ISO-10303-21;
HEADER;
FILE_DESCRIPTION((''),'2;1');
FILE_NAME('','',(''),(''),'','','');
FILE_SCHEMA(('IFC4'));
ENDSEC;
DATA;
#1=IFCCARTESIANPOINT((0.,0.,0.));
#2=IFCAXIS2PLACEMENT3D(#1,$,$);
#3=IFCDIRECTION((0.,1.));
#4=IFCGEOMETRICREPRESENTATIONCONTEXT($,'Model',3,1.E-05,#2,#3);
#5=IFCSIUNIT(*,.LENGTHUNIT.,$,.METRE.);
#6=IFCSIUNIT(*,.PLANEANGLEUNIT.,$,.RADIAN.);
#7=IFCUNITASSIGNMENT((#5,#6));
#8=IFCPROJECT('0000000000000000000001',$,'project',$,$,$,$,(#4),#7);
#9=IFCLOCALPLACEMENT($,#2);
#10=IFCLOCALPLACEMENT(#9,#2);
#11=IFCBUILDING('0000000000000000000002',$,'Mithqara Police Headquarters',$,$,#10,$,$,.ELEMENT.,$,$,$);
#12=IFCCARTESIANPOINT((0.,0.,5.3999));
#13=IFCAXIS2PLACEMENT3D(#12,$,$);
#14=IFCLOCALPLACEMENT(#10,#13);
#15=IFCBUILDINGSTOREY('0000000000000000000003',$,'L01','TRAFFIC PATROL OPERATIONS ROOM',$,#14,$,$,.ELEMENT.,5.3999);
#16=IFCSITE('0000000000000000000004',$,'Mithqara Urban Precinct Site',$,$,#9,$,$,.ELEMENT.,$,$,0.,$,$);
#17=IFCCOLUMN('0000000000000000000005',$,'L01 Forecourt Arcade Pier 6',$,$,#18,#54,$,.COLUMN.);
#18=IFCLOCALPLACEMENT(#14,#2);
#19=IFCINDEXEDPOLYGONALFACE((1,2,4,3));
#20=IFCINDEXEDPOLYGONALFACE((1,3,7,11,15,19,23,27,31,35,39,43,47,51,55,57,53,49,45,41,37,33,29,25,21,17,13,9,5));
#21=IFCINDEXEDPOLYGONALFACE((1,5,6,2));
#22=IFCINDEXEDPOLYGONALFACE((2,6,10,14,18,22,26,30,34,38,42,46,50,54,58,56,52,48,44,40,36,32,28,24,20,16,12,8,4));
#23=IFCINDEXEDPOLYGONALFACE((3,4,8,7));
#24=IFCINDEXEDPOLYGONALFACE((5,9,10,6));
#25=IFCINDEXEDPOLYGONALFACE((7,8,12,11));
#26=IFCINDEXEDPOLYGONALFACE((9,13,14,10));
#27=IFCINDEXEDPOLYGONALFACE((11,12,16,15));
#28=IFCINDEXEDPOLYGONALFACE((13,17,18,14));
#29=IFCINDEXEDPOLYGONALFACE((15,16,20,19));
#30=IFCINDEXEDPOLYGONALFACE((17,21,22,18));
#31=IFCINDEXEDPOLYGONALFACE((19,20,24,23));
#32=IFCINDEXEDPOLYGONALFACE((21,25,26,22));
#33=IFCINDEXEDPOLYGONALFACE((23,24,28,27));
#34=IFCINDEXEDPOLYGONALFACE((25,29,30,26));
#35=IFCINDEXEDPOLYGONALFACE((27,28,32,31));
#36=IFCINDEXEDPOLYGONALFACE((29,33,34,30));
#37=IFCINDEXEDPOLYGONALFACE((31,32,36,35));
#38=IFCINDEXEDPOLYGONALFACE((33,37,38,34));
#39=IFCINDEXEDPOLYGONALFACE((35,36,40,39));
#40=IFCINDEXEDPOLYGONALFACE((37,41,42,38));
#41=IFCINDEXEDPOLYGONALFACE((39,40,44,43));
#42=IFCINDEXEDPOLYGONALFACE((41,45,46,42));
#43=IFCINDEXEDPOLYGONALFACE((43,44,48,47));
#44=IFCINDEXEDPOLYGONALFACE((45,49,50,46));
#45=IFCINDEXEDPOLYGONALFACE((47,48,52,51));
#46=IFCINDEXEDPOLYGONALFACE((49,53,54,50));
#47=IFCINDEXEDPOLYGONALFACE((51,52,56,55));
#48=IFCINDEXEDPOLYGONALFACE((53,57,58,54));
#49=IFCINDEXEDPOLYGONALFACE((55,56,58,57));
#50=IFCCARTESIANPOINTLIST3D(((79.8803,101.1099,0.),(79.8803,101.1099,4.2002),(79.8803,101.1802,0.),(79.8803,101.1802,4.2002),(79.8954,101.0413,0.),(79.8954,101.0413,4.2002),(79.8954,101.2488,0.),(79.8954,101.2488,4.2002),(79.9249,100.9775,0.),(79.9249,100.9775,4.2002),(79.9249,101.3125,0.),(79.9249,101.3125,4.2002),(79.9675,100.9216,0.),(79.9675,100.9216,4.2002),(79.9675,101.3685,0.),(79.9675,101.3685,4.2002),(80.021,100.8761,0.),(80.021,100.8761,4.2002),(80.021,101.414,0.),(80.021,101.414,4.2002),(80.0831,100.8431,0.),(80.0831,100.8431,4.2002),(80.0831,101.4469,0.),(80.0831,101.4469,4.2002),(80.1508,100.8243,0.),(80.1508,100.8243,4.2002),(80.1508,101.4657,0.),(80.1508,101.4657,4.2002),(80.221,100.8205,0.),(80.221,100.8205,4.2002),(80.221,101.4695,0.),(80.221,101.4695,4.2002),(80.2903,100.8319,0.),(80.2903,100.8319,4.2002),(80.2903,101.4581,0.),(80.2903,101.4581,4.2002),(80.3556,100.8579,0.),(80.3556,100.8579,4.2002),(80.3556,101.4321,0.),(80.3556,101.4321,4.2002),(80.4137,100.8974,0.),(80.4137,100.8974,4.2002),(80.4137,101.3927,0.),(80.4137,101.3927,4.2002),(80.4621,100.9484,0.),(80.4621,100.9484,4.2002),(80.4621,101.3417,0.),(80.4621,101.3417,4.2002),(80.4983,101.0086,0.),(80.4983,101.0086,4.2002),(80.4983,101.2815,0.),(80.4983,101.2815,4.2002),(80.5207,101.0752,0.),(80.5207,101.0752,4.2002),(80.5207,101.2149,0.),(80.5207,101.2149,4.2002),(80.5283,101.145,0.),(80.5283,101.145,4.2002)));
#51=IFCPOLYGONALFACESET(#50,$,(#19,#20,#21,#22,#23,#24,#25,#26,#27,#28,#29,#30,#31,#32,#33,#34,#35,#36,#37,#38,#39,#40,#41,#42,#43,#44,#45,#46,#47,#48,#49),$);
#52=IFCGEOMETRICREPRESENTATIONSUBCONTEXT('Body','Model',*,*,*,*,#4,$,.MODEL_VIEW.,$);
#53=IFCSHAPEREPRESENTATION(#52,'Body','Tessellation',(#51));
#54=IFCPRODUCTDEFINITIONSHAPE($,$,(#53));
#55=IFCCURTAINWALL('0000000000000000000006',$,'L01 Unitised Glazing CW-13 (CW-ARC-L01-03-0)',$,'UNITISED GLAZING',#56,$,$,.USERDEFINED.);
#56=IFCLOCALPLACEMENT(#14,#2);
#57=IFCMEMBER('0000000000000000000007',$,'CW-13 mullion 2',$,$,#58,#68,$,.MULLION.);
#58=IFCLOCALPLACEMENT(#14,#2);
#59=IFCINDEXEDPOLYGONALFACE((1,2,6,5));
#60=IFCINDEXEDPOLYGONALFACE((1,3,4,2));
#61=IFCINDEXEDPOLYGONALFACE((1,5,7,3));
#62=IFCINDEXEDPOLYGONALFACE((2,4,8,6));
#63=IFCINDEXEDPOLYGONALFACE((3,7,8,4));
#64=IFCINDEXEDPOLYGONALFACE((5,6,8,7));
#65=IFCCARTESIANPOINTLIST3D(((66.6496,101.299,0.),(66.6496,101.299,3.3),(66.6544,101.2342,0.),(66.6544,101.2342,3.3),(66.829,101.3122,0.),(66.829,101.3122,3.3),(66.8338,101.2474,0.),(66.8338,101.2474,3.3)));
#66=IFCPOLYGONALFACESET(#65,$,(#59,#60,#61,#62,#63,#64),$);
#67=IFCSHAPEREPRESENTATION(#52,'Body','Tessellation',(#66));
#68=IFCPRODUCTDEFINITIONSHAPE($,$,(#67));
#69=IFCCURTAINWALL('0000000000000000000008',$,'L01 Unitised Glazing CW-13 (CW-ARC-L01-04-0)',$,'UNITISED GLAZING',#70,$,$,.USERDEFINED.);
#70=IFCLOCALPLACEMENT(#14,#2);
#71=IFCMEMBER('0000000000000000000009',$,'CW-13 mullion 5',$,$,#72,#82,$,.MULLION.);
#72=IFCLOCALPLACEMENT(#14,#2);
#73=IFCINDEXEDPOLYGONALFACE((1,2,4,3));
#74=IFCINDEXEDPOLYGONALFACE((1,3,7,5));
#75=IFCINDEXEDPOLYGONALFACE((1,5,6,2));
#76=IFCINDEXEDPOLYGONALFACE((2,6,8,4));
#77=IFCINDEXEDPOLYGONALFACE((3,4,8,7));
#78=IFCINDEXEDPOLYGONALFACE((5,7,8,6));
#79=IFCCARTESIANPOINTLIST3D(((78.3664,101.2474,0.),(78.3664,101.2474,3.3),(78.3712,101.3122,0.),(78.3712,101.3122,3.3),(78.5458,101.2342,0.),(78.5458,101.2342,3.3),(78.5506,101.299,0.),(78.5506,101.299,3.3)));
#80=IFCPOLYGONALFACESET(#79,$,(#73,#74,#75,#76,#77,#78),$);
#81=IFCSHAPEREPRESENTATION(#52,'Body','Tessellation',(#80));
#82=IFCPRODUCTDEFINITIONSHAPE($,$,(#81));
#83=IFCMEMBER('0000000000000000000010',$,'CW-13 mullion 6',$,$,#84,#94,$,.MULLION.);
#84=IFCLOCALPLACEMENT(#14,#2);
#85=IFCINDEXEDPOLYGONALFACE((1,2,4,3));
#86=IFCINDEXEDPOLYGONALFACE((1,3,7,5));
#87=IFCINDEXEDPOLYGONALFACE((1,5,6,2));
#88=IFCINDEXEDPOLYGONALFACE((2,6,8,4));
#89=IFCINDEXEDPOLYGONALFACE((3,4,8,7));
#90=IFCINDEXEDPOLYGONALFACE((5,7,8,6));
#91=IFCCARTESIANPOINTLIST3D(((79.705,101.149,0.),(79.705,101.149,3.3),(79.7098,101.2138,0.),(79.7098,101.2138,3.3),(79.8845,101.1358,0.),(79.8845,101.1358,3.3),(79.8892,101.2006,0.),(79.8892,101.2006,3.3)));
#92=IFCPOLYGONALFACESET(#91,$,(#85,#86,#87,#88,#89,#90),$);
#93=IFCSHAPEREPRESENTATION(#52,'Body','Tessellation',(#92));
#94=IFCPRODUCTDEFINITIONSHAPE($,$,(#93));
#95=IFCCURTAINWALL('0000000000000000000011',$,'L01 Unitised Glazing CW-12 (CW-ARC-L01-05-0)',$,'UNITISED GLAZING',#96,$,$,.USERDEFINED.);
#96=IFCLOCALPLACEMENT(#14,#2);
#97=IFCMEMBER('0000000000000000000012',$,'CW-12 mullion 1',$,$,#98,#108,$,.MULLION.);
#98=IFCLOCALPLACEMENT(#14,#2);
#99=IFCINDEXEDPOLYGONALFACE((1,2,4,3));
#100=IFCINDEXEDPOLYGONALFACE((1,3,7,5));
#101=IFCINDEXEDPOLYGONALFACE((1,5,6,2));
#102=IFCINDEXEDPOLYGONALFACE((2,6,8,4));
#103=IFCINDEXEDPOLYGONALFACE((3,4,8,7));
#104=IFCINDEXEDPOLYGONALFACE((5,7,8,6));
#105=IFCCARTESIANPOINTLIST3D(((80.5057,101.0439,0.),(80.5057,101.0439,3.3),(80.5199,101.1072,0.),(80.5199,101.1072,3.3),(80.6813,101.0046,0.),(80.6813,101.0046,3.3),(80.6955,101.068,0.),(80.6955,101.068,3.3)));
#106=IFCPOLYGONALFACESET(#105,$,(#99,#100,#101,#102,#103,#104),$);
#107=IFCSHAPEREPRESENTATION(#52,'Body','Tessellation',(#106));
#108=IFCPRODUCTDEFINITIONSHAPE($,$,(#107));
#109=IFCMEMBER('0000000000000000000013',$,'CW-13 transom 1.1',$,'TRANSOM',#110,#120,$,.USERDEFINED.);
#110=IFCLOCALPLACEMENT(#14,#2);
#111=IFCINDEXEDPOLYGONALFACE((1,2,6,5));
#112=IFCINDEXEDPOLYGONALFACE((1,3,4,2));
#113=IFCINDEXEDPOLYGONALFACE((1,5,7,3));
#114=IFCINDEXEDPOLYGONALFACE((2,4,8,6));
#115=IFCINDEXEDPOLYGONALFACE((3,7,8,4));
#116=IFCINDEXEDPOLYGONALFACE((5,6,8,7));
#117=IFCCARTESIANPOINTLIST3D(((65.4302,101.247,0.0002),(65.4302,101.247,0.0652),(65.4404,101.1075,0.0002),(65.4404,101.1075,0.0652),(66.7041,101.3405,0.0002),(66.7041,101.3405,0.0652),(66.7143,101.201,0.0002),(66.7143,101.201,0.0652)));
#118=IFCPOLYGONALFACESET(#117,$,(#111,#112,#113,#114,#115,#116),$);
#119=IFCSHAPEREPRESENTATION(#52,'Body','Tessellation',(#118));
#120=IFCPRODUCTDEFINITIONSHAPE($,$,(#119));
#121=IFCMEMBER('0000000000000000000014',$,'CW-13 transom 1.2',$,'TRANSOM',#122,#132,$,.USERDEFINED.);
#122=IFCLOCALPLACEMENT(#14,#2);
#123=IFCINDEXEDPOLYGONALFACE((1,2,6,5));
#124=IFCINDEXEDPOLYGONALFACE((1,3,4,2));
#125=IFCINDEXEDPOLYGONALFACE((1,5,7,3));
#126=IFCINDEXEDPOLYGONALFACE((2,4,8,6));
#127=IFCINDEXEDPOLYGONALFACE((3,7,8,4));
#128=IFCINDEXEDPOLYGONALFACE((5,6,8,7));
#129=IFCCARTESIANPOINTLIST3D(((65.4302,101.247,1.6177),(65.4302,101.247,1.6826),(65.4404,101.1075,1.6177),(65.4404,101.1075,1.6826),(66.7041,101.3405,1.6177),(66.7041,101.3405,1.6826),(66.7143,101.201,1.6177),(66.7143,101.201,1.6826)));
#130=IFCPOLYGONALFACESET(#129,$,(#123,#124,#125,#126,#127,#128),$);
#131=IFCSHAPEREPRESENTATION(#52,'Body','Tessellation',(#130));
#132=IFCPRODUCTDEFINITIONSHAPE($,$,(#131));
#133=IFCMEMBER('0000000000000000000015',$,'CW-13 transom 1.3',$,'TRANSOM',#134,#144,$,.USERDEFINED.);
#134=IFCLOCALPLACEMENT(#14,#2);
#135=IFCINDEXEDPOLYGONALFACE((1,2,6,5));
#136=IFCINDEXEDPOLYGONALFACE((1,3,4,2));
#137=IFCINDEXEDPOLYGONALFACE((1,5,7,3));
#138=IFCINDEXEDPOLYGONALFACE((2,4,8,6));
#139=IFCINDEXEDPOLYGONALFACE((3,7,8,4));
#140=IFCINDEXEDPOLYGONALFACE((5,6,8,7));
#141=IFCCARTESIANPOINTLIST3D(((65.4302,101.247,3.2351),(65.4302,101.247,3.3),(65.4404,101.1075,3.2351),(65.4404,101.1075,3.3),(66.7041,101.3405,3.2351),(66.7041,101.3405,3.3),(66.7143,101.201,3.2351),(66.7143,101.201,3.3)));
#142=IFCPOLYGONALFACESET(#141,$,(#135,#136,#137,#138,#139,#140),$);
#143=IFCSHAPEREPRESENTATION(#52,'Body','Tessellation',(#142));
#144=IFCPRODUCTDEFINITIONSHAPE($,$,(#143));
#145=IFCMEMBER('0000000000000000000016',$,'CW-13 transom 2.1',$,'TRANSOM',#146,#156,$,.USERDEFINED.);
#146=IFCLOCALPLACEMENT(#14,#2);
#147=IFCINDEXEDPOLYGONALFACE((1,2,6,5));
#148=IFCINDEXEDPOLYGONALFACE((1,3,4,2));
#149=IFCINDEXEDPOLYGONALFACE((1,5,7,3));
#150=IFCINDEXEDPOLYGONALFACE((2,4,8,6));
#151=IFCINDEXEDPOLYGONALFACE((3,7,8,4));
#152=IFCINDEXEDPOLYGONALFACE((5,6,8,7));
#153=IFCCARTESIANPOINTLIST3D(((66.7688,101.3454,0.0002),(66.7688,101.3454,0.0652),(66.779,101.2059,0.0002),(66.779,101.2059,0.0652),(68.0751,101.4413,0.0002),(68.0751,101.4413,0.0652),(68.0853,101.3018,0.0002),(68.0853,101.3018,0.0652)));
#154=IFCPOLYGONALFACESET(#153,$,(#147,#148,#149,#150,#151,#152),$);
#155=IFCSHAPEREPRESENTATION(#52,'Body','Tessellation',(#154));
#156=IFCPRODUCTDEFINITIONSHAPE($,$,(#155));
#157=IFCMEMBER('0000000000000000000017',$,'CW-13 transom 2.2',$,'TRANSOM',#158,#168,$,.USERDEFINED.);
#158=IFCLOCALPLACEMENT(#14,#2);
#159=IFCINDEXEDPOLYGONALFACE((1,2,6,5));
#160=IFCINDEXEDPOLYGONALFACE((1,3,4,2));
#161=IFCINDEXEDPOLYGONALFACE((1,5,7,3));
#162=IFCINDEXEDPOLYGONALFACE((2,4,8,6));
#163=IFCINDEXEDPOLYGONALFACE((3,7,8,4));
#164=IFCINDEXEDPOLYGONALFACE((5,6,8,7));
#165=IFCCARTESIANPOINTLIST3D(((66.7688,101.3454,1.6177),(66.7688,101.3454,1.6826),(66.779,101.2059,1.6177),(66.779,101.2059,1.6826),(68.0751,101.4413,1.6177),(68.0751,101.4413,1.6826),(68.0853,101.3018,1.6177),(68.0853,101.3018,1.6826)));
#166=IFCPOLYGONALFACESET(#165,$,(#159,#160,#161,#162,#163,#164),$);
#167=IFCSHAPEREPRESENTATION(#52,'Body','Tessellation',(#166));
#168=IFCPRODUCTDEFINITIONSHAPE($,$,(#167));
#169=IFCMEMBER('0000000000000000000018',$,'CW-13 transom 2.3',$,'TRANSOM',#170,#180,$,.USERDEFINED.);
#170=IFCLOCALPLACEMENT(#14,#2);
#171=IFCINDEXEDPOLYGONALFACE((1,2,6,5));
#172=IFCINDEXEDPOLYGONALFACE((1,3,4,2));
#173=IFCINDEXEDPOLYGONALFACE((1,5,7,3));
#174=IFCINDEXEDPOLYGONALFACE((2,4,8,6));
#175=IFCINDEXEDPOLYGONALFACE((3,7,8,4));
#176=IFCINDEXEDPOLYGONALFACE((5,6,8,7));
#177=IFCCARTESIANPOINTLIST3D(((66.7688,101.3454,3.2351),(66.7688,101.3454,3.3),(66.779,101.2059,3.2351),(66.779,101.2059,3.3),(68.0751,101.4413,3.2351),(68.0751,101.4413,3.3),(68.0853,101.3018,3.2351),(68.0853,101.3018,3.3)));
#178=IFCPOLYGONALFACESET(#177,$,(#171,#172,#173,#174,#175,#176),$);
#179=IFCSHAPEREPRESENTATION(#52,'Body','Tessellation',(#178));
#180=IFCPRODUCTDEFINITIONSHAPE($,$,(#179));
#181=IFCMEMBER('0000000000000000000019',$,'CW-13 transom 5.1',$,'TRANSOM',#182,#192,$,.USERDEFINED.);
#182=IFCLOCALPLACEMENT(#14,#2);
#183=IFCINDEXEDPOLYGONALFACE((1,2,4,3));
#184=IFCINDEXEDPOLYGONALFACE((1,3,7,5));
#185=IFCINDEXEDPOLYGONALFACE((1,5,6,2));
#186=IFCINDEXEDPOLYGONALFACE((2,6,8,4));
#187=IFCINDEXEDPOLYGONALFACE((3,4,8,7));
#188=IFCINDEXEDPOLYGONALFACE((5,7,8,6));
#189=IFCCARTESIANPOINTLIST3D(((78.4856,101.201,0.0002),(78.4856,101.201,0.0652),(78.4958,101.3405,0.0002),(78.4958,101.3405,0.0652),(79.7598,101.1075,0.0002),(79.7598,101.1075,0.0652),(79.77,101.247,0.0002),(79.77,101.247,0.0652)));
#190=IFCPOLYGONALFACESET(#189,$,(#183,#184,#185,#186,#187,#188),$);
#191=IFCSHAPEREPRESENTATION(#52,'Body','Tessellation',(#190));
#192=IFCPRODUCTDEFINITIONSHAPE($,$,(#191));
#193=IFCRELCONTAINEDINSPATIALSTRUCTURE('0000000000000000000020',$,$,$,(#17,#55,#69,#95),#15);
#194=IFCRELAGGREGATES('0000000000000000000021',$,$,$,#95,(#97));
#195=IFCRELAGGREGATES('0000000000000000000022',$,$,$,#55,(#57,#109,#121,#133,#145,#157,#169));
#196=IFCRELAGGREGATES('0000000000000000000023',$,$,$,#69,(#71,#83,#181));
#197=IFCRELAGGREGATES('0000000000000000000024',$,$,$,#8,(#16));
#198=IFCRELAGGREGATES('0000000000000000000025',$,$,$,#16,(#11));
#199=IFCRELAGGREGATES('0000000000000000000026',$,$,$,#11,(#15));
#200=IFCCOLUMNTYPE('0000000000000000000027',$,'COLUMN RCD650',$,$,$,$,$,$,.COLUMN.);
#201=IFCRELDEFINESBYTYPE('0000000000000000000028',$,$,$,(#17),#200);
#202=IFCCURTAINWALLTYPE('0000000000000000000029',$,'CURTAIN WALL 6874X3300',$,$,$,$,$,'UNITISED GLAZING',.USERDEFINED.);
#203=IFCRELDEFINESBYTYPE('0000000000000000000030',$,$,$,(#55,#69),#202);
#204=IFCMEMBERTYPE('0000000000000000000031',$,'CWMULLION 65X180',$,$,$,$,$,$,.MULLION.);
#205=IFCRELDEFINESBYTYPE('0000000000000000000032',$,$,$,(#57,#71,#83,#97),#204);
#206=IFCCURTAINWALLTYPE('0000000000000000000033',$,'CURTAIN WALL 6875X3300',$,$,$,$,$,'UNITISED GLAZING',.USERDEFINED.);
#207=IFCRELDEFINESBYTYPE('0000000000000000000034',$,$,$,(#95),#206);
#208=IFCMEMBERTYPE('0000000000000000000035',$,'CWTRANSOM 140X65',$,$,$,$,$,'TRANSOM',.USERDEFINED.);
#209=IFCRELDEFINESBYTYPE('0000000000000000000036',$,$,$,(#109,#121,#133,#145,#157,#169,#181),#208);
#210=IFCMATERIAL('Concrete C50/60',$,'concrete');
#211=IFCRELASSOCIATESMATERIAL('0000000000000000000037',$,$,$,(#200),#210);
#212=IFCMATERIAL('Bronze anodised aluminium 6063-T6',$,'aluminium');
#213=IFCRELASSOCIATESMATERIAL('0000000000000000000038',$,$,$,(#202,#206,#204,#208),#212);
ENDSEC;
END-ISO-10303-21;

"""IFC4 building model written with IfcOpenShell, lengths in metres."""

from ifc_helpers import new_model, si_unit, direction, frame, origin, origin_2d, place, context, subcontext, project, spatial, rectangle, circle, extrude, material, material_profile, profile_set, type_object, element, aggregate, save


model = new_model("IFC4")

# Units and contexts
model_context = context("Model", 3, precision=1e-05, world=origin(), true_north=direction((0.0, 1.0)))
body_context = subcontext(model_context, "Body", "Model", "MODEL_VIEW")
ifc_project = project(units=[si_unit("LENGTHUNIT", "METRE"), si_unit("PLANEANGLEUNIT", "RADIAN")], contexts=[model_context])

# Site, building, storey
site_placement = place(None, origin())
site = spatial("IfcSite", under=ifc_project, at=site_placement, Name="Mithqara Urban Precinct Site", CompositionType="ELEMENT", RefElevation=0.0)
building_placement = place(site_placement, origin())
building = spatial("IfcBuilding", under=site, at=building_placement, Name="Mithqara Police Headquarters", CompositionType="ELEMENT")
storey_placement = place(building_placement, frame((0.0, 0.0, 5.3999)))
storey = spatial("IfcBuildingStorey", under=building, at=storey_placement, Name="L01", Description="TRAFFIC PATROL OPERATIONS ROOM", CompositionType="ELEMENT", Elevation=5.3999)

# Column
ifc_material_1 = material(Name="Concrete C50/60", Category="concrete")
ifc_material_profile_1 = material_profile(ifc_material_1, circle(Radius=0.325, at=origin_2d()), Name="RCD 650")
ifc_profile_set_1 = profile_set([ifc_material_profile_1], Name="Concrete C50/60")
column_type = type_object("IfcColumnType", Name="COLUMN RCD650", PredefinedType="COLUMN", material=ifc_profile_set_1)
column_placement = place(storey_placement, frame((80.2034, 101.145, 0.0), z_axis=(0.0, 0.0, 1.0), x_axis=(1.0, 0.0, 0.0)))
element("IfcColumn", 1, at=column_placement, inside=storey, type_object=column_type, Name="L01 Forecourt Arcade Pier 6", PredefinedType="COLUMN", context=body_context, shape_type="SweptSolid", body=[
    extrude(circle(Radius=0.325, at=origin_2d()), origin(), (0.0, 0.0, 1.0), 4.2002),
])

# Curtain wall, member
ifc_material_2 = material(Name="Bronze anodised aluminium 6063-T6", Category="aluminium")
curtain_wall_type_1 = type_object("IfcCurtainWallType", Name="CURTAIN WALL 6874X3300", ElementType="UNITISED GLAZING", PredefinedType="USERDEFINED", material=ifc_material_2)
curtain_wall_1_placement = place(storey_placement, origin())
curtain_wall_1 = element("IfcCurtainWall", 2, at=curtain_wall_1_placement, inside=storey, type_object=curtain_wall_type_1, Name="L01 Unitised Glazing CW-13 (CW-ARC-L01-03-0)", ObjectType="UNITISED GLAZING", PredefinedType="USERDEFINED")
ifc_material_profile_2 = material_profile(ifc_material_2, rectangle(XDim=0.0649, YDim=0.1799, at=origin_2d()), Name="CWM 65x180")
ifc_profile_set_2 = profile_set([ifc_material_profile_2], Name="Bronze anodised aluminium 6063-T6")
member_type_1 = type_object("IfcMemberType", Name="CWMULLION 65X180", PredefinedType="MULLION", material=ifc_profile_set_2)
member_1_placement = place(storey_placement, frame((66.7417, 101.2732, 0.0), z_axis=(0.0, 0.0, 1.0), x_axis=(-0.073301, 0.99731, 0.0)))
member_1 = element("IfcMember", 3, at=member_1_placement, type_object=member_type_1, Name="CW-13 mullion 2", PredefinedType="MULLION", context=body_context, shape_type="SweptSolid", body=[
    extrude(rectangle(XDim=0.0649, YDim=0.1799, at=origin_2d()), origin(), (0.0, 0.0, 1.0), 3.3),
])

# Curtain wall, members
curtain_wall_2_placement = place(storey_placement, origin())
curtain_wall_2 = element("IfcCurtainWall", 4, at=curtain_wall_2_placement, inside=storey, type_object=curtain_wall_type_1, Name="L01 Unitised Glazing CW-13 (CW-ARC-L01-04-0)", ObjectType="UNITISED GLAZING", PredefinedType="USERDEFINED")
member_2_placement = place(storey_placement, frame((78.4585, 101.2732, 0.0), z_axis=(0.0, 0.0, 1.0), x_axis=(0.073301, 0.99731, 0.0)))
member_2 = element("IfcMember", 5, at=member_2_placement, type_object=member_type_1, Name="CW-13 mullion 5", PredefinedType="MULLION", context=body_context, shape_type="SweptSolid", body=[
    extrude(rectangle(XDim=0.0649, YDim=0.1799, at=origin_2d()), origin(), (0.0, 0.0, 1.0), 3.3),
])
member_3_placement = place(storey_placement, frame((79.7971, 101.1748, 0.0), z_axis=(0.0, 0.0, 1.0), x_axis=(0.073301, 0.99731, 0.0)))
member_3 = element("IfcMember", 6, at=member_3_placement, type_object=member_type_1, Name="CW-13 mullion 6", PredefinedType="MULLION", context=body_context, shape_type="SweptSolid", body=[
    extrude(rectangle(XDim=0.0649, YDim=0.1799, at=origin_2d()), origin(), (0.0, 0.0, 1.0), 3.3),
])

# Curtain wall, member
curtain_wall_type_2 = type_object("IfcCurtainWallType", Name="CURTAIN WALL 6875X3300", ElementType="UNITISED GLAZING", PredefinedType="USERDEFINED", material=ifc_material_2)
curtain_wall_3_placement = place(storey_placement, origin())
curtain_wall_3 = element("IfcCurtainWall", 7, at=curtain_wall_3_placement, inside=storey, type_object=curtain_wall_type_2, Name="L01 Unitised Glazing CW-12 (CW-ARC-L01-05-0)", ObjectType="UNITISED GLAZING", PredefinedType="USERDEFINED")
member_4_placement = place(storey_placement, frame((80.6006, 101.0559, 0.0), z_axis=(0.0, 0.0, 1.0), x_axis=(0.218341, 0.975873, 0.0)))
member_4 = element("IfcMember", 8, at=member_4_placement, type_object=member_type_1, Name="CW-12 mullion 1", PredefinedType="MULLION", context=body_context, shape_type="SweptSolid", body=[
    extrude(rectangle(XDim=0.0649, YDim=0.1799, at=origin_2d()), origin(), (0.0, 0.0, 1.0), 3.3),
])

# Members
ifc_material_profile_3 = material_profile(ifc_material_2, rectangle(XDim=0.1399, YDim=0.0649, at=origin_2d()), Name="CWT 140x65")
ifc_profile_set_3 = profile_set([ifc_material_profile_3], Name="Bronze anodised aluminium 6063-T6")
member_type_2 = type_object("IfcMemberType", Name="CWTRANSOM 140X65", ElementType="TRANSOM", PredefinedType="USERDEFINED", material=ifc_profile_set_3)
member_5_placement = place(storey_placement, frame((65.4353, 101.1772, 0.0327), z_axis=(0.997317, 0.073203, 0.0), x_axis=(-0.073203, 0.997317, 0.0)))
member_5 = element("IfcMember", 9, at=member_5_placement, type_object=member_type_2, Name="CW-13 transom 1.1", ObjectType="TRANSOM", PredefinedType="USERDEFINED", context=body_context, shape_type="SweptSolid", body=[
    extrude(rectangle(XDim=0.1399, YDim=0.0649, at=origin_2d()), origin(), (0.0, 0.0, 1.0), 1.2773),
])
member_6_placement = place(storey_placement, frame((65.4353, 101.1772, 1.6501), z_axis=(0.997317, 0.073203, 0.0), x_axis=(-0.073203, 0.997317, 0.0)))
member_6 = element("IfcMember", 10, at=member_6_placement, type_object=member_type_2, Name="CW-13 transom 1.2", ObjectType="TRANSOM", PredefinedType="USERDEFINED", context=body_context, shape_type="SweptSolid", body=[
    extrude(rectangle(XDim=0.1399, YDim=0.0649, at=origin_2d()), origin(), (0.0, 0.0, 1.0), 1.2773),
])
member_7_placement = place(storey_placement, frame((65.4353, 101.1772, 3.2676), z_axis=(0.997317, 0.073203, 0.0), x_axis=(-0.073203, 0.997317, 0.0)))
member_7 = element("IfcMember", 11, at=member_7_placement, type_object=member_type_2, Name="CW-13 transom 1.3", ObjectType="TRANSOM", PredefinedType="USERDEFINED", context=body_context, shape_type="SweptSolid", body=[
    extrude(rectangle(XDim=0.1399, YDim=0.0649, at=origin_2d()), origin(), (0.0, 0.0, 1.0), 1.2773),
])
member_8_placement = place(storey_placement, frame((66.7739, 101.2756, 0.0327), z_axis=(0.997314, 0.073247, 0.0), x_axis=(-0.073247, 0.997314, 0.0)))
member_8 = element("IfcMember", 12, at=member_8_placement, type_object=member_type_2, Name="CW-13 transom 2.1", ObjectType="TRANSOM", PredefinedType="USERDEFINED", context=body_context, shape_type="SweptSolid", body=[
    extrude(rectangle(XDim=0.1399, YDim=0.0649, at=origin_2d()), origin(), (0.0, 0.0, 1.0), 1.3098),
])
member_9_placement = place(storey_placement, frame((66.7739, 101.2756, 1.6501), z_axis=(0.997314, 0.073247, 0.0), x_axis=(-0.073247, 0.997314, 0.0)))
member_9 = element("IfcMember", 13, at=member_9_placement, type_object=member_type_2, Name="CW-13 transom 2.2", ObjectType="TRANSOM", PredefinedType="USERDEFINED", context=body_context, shape_type="SweptSolid", body=[
    extrude(rectangle(XDim=0.1399, YDim=0.0649, at=origin_2d()), origin(), (0.0, 0.0, 1.0), 1.3098),
])
member_10_placement = place(storey_placement, frame((66.7739, 101.2756, 3.2676), z_axis=(0.997314, 0.073247, 0.0), x_axis=(-0.073247, 0.997314, 0.0)))
member_10 = element("IfcMember", 14, at=member_10_placement, type_object=member_type_2, Name="CW-13 transom 2.3", ObjectType="TRANSOM", PredefinedType="USERDEFINED", context=body_context, shape_type="SweptSolid", body=[
    extrude(rectangle(XDim=0.1399, YDim=0.0649, at=origin_2d()), origin(), (0.0, 0.0, 1.0), 1.3098),
])
member_11_placement = place(storey_placement, frame((78.4907, 101.2708, 0.0327), z_axis=(0.997318, -0.073189, 0.0), x_axis=(0.073189, 0.997318, 0.0)))
member_11 = element("IfcMember", 15, at=member_11_placement, type_object=member_type_2, Name="CW-13 transom 5.1", ObjectType="TRANSOM", PredefinedType="USERDEFINED", context=body_context, shape_type="SweptSolid", body=[
    extrude(rectangle(XDim=0.1399, YDim=0.0649, at=origin_2d()), origin(), (0.0, 0.0, 1.0), 1.2776),
])
aggregate(curtain_wall_3, [member_4])

aggregate(curtain_wall_1, [member_1, member_5, member_6, member_7, member_8, member_9, member_10])
aggregate(curtain_wall_2, [member_2, member_3, member_11])

save(model, "model.ifc")
